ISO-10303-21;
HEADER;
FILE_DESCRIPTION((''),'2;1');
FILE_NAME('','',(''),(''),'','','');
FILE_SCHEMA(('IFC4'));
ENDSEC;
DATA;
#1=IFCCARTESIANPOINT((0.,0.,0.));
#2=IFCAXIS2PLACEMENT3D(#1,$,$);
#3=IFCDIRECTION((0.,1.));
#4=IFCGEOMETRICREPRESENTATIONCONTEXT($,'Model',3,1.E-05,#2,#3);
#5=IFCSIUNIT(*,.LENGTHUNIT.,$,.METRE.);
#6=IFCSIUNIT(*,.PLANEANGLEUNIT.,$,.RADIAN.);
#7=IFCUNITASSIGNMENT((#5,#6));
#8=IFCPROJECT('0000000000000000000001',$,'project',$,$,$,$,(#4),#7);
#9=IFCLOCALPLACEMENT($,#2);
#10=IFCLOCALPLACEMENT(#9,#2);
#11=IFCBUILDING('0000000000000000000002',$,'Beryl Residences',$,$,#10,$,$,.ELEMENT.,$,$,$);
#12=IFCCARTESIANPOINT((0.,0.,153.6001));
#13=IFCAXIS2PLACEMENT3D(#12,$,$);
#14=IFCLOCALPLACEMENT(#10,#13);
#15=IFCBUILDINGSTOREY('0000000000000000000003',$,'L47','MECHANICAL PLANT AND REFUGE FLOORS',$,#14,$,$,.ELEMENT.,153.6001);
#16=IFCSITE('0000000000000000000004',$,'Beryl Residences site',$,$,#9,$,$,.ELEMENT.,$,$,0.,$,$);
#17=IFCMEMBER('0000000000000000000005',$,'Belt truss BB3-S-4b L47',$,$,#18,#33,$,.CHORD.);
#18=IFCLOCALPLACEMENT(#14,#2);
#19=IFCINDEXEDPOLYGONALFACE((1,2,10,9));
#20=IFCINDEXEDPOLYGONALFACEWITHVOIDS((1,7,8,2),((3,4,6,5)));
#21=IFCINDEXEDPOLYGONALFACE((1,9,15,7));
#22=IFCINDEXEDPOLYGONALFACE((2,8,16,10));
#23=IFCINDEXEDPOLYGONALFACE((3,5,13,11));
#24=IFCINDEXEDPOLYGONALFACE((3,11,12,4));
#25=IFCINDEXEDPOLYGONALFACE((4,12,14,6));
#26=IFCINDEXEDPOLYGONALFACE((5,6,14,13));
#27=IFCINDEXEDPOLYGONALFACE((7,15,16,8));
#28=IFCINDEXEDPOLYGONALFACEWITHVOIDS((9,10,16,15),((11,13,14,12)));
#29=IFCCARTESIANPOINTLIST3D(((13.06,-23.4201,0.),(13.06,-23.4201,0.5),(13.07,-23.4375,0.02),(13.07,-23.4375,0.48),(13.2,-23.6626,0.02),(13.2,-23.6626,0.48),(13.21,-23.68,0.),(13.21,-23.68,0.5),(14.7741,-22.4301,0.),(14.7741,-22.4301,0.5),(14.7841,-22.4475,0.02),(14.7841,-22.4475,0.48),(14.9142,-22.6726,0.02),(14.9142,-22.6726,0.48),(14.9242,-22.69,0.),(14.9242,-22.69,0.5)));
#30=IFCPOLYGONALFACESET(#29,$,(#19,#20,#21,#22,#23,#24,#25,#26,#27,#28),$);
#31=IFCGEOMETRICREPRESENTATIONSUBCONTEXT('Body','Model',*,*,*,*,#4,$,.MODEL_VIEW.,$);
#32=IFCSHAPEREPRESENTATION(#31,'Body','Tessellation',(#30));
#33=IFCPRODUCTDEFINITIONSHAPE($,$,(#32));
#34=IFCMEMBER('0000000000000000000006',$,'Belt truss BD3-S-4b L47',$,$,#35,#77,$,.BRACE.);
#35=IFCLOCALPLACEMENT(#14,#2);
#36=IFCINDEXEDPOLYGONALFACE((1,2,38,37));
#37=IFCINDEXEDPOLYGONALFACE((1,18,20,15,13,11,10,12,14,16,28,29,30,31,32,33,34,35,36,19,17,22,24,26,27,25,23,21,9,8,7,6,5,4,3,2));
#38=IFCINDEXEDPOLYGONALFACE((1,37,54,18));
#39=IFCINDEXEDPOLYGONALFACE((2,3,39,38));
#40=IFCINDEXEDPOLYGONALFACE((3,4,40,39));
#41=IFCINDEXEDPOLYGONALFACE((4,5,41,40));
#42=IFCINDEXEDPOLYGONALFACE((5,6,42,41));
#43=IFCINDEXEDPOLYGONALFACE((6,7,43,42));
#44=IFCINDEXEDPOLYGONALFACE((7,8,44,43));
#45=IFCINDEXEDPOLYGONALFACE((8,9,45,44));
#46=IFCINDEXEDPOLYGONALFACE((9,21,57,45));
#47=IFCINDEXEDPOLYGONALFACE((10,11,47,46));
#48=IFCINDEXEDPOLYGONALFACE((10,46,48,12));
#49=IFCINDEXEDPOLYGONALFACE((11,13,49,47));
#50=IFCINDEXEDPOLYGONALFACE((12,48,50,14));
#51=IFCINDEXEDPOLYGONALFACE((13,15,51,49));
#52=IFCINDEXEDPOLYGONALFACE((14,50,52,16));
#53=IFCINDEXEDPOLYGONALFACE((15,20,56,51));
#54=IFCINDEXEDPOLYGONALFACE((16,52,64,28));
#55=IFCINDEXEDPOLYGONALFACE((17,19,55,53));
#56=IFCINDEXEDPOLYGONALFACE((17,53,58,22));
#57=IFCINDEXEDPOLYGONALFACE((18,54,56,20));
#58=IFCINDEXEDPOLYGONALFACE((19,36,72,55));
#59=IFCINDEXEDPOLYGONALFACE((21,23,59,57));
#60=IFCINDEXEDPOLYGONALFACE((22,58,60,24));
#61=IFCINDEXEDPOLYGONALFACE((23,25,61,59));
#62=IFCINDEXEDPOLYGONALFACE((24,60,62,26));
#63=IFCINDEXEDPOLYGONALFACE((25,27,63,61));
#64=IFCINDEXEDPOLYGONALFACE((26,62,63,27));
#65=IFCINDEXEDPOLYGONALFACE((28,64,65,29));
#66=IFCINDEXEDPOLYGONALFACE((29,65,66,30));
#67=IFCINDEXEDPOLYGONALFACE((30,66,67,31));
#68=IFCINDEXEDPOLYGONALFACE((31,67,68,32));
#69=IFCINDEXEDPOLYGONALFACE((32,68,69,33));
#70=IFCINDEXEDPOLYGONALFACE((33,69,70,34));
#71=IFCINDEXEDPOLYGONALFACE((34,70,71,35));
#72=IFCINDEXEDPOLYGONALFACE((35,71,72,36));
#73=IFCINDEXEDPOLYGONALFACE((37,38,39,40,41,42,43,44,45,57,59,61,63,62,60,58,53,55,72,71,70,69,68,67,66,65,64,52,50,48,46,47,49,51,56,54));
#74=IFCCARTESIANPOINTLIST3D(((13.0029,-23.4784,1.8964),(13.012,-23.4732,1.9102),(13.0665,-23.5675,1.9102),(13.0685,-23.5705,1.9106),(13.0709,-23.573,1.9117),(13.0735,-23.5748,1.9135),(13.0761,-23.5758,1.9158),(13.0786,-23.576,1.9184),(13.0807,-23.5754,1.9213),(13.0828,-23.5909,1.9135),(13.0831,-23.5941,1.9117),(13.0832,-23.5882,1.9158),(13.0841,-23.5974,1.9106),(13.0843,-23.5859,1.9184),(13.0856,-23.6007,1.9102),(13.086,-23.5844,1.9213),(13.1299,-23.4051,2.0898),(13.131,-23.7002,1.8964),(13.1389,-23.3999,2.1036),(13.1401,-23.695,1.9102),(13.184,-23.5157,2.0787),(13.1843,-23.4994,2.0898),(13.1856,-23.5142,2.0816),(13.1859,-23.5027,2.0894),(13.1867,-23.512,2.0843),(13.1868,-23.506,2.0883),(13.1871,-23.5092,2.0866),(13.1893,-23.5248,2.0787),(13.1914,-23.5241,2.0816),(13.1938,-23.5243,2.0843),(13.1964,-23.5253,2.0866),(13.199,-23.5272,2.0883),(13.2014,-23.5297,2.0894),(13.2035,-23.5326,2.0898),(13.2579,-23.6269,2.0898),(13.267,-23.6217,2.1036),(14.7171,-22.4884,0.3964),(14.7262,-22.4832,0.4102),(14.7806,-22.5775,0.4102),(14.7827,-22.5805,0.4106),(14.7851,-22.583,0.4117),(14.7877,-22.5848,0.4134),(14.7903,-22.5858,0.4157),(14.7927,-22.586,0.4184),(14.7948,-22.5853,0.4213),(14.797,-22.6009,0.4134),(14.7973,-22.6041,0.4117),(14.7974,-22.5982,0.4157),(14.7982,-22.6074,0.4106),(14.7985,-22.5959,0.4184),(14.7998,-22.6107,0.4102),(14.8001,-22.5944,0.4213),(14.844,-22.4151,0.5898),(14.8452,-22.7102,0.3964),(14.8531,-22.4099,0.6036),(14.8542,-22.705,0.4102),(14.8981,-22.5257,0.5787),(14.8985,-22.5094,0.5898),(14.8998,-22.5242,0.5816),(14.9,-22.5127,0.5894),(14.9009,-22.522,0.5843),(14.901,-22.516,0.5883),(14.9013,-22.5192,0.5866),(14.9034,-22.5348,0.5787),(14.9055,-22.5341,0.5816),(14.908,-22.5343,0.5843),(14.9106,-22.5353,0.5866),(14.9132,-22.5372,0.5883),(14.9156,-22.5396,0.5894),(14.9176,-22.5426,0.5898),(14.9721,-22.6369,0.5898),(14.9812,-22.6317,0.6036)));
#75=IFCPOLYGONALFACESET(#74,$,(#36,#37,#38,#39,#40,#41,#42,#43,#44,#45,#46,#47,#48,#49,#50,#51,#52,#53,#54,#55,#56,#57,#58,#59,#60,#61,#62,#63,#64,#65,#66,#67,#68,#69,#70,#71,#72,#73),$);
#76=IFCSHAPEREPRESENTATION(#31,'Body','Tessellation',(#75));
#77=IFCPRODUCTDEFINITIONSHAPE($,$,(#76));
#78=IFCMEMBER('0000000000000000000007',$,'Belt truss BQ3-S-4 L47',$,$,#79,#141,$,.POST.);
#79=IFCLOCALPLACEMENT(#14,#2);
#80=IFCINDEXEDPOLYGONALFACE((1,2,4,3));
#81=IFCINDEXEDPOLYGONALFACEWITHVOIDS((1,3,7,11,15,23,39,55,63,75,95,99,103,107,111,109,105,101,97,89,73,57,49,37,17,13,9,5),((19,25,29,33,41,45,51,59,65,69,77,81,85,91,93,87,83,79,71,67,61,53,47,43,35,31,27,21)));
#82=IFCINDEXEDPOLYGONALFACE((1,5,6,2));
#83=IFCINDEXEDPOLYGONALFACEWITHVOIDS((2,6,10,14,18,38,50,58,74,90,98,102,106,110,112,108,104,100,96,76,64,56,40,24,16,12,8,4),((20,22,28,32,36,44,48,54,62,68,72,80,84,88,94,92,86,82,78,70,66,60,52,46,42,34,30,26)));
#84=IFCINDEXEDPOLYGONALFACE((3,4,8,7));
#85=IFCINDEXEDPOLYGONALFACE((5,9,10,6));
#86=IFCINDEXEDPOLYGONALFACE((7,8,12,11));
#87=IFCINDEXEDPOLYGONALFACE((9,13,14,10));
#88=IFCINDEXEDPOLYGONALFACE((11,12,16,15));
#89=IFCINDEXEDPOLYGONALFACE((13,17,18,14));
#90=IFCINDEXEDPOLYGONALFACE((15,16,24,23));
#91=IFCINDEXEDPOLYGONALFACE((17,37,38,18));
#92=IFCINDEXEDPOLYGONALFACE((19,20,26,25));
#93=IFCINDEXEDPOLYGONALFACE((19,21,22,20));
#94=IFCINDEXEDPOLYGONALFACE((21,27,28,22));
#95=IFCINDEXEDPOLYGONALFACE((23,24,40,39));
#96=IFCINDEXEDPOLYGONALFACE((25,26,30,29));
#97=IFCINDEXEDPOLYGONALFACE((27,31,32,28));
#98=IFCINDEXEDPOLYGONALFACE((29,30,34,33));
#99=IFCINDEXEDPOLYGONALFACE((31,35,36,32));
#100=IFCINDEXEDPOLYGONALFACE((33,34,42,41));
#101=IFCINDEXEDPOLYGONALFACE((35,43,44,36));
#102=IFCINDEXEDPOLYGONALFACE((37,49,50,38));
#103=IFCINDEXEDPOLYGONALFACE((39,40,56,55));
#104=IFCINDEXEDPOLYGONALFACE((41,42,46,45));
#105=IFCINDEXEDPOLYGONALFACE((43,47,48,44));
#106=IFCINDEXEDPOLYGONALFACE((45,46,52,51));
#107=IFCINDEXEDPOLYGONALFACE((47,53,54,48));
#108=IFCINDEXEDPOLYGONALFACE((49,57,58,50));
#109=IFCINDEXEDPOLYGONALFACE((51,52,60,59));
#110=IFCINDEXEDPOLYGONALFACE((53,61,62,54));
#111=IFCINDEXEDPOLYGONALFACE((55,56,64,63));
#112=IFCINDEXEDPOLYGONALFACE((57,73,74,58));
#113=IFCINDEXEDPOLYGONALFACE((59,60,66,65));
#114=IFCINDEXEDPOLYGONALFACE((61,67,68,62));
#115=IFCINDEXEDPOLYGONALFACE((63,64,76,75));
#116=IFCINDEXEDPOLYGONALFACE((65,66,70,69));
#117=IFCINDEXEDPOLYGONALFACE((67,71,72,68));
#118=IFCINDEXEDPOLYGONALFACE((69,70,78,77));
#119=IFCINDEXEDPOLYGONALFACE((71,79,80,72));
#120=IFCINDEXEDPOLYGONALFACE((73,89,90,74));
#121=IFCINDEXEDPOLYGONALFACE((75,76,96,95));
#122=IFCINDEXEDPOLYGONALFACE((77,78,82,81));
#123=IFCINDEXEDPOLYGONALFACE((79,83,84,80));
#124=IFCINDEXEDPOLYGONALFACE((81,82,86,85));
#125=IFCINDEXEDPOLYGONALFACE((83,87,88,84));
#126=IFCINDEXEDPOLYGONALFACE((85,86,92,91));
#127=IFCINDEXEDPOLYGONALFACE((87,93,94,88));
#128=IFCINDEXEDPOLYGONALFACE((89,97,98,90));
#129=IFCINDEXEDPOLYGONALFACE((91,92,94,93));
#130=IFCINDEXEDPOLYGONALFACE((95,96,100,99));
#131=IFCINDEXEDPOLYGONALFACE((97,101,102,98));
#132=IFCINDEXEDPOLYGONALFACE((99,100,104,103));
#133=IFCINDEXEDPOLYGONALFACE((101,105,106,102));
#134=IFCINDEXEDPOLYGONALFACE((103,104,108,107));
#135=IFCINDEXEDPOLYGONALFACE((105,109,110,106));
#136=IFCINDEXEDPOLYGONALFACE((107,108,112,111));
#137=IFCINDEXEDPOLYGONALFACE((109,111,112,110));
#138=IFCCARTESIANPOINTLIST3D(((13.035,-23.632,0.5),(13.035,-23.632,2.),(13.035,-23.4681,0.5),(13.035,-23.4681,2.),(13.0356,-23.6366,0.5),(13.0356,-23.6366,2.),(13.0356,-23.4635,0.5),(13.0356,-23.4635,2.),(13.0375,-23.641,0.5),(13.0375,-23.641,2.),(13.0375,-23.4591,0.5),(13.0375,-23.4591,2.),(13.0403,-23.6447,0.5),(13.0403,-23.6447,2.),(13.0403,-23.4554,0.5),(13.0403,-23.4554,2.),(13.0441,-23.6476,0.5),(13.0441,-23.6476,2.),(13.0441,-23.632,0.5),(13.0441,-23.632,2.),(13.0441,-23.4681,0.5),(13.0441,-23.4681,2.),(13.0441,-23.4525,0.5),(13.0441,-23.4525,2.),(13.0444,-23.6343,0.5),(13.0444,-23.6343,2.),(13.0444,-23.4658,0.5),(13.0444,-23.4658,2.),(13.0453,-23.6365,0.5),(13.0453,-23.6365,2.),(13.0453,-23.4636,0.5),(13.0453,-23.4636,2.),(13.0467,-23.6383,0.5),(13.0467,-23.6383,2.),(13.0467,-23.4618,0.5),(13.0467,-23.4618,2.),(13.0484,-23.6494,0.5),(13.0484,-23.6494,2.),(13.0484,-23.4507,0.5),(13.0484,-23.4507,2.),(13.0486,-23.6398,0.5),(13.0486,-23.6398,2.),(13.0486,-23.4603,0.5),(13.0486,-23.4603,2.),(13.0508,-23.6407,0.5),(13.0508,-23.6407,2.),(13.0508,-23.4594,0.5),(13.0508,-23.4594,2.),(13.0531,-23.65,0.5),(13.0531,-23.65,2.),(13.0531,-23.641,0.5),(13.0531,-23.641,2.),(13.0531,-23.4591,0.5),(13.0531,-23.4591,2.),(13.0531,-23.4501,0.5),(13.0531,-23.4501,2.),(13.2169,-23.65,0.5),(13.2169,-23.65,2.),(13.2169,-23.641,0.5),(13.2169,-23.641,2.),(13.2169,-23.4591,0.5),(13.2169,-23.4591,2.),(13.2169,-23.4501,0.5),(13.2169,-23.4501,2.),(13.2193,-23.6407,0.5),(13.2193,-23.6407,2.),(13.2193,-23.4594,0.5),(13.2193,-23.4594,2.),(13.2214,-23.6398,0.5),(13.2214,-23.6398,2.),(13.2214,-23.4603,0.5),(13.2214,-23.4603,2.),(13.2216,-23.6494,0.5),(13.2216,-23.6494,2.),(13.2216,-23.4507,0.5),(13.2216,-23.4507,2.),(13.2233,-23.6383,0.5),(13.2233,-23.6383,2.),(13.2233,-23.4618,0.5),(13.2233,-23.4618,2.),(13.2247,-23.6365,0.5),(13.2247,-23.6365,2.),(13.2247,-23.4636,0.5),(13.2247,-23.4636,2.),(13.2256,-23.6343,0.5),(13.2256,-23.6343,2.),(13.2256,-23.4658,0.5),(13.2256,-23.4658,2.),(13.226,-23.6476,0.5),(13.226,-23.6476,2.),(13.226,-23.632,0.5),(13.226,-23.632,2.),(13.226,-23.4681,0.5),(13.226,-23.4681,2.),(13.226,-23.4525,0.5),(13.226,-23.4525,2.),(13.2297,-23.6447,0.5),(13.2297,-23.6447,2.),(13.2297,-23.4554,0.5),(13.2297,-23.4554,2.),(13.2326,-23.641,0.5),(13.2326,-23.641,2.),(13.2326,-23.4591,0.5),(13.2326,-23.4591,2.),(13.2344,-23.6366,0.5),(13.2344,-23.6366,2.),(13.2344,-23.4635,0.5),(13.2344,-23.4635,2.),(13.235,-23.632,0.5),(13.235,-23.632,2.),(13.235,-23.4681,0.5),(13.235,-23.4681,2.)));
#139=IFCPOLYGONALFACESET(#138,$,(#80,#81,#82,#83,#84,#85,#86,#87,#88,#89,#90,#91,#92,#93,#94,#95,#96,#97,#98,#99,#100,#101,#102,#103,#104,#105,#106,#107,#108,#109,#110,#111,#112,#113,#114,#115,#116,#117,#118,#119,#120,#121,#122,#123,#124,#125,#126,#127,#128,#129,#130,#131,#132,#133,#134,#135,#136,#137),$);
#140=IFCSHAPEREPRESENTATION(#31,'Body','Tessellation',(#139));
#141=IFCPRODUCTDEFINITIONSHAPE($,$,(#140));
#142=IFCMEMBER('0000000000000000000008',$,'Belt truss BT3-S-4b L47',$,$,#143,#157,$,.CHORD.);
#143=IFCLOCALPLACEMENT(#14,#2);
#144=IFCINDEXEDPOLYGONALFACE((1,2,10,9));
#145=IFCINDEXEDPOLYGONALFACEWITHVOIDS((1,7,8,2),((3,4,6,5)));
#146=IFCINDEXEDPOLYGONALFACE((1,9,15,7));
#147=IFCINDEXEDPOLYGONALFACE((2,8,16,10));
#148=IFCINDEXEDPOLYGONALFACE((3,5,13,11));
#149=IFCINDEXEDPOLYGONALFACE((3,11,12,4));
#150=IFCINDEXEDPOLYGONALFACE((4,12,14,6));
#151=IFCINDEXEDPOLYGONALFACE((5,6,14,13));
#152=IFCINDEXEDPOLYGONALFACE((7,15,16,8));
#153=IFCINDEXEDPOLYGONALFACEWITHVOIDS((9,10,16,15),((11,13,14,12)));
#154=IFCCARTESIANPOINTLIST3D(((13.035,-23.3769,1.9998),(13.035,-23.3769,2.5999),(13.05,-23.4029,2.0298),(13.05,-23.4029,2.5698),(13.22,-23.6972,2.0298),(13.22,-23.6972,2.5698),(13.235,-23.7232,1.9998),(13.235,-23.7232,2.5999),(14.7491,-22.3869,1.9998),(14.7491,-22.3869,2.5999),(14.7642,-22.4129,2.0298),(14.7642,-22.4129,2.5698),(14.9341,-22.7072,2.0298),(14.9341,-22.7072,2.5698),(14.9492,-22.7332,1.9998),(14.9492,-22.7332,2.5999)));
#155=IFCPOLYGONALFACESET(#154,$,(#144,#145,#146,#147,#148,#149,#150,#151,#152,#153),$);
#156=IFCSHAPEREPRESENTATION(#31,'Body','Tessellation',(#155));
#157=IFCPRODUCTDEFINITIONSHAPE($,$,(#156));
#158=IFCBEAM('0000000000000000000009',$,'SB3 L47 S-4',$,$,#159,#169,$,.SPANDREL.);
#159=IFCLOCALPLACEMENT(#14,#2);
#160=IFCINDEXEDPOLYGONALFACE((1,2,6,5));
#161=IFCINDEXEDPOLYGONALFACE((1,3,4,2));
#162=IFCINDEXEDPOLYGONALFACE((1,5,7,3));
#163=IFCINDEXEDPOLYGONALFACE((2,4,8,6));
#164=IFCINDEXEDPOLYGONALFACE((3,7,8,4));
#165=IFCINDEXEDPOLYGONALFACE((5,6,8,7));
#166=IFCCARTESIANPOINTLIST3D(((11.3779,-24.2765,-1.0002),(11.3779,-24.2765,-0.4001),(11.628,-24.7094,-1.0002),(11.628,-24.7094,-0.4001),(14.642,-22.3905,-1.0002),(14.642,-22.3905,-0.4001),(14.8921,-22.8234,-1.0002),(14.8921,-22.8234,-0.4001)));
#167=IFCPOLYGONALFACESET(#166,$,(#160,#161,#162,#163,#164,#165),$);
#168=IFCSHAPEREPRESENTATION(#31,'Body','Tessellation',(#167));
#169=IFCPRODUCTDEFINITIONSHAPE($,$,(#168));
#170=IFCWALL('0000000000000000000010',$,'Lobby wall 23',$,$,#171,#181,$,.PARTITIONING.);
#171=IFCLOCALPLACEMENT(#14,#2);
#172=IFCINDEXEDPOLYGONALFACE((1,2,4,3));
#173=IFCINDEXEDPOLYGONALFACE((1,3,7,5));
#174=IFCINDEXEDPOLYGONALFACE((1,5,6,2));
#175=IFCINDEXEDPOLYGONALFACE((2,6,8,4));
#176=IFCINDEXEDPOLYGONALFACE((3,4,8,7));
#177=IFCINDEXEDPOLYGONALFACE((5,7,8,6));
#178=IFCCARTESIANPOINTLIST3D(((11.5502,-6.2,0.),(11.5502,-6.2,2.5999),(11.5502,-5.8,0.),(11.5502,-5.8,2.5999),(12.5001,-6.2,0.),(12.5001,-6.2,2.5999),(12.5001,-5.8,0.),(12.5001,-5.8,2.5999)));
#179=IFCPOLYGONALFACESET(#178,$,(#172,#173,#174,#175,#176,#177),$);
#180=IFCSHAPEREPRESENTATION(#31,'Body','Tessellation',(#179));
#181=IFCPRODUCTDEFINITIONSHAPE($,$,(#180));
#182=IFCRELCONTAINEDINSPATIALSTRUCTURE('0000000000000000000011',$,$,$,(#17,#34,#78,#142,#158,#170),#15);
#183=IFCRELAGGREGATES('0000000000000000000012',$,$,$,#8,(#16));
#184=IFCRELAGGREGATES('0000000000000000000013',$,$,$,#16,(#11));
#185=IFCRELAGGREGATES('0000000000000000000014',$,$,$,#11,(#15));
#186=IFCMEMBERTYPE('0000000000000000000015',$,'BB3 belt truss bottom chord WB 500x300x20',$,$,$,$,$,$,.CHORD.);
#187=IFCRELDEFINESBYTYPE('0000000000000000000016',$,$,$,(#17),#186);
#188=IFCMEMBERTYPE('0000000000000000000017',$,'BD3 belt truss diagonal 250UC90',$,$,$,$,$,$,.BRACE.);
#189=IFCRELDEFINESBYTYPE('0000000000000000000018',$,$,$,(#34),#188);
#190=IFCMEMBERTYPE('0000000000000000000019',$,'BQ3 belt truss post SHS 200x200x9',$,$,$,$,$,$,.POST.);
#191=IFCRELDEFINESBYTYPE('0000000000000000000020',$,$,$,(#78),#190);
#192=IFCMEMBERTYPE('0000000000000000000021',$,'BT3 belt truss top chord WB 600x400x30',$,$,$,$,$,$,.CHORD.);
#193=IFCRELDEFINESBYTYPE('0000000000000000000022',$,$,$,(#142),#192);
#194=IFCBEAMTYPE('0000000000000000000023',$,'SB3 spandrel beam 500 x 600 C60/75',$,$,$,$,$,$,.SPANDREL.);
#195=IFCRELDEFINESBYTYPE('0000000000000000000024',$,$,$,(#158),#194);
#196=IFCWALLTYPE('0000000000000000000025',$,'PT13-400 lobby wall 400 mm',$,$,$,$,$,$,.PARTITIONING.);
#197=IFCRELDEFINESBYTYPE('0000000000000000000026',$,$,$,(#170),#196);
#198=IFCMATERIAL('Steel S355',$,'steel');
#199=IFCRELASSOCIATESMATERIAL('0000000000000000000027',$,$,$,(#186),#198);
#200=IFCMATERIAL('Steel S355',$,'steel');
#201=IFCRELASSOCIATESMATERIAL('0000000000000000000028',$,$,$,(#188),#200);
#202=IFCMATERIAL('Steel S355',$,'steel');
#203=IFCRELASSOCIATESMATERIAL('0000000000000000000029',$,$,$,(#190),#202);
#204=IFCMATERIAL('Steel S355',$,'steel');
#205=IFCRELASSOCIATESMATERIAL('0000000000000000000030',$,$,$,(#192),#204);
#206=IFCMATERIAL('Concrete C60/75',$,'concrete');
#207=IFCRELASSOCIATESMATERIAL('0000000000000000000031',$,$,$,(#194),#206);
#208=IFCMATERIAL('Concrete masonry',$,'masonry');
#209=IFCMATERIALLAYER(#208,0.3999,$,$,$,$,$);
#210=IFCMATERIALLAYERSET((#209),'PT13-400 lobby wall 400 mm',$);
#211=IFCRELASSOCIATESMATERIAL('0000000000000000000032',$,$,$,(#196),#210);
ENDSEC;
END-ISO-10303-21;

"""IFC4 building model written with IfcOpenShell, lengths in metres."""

from ifc_helpers import new_model, si_unit, direction, frame, frame_2d, origin, origin_2d, place, context, subcontext, project, spatial, rectangle, hollow_rectangle, i_section, extrude, material, layer, layer_set, material_profile, profile_set, type_object, element, save


model = new_model("IFC4")

# Units and contexts
model_context = context("Model", 3, precision=1e-05, world=origin(), true_north=direction((0.0, 1.0)))
body_context = subcontext(model_context, "Body", "Model", "MODEL_VIEW")
ifc_project = project(units=[si_unit("LENGTHUNIT", "METRE"), si_unit("PLANEANGLEUNIT", "RADIAN")], contexts=[model_context])

# Site, building, storey
site_placement = place(None, origin())
site = spatial("IfcSite", under=ifc_project, at=site_placement, Name="Beryl Residences site", CompositionType="ELEMENT", RefElevation=0.0)
building_placement = place(site_placement, origin())
building = spatial("IfcBuilding", under=site, at=building_placement, Name="Beryl Residences", CompositionType="ELEMENT")
storey_placement = place(building_placement, frame((0.0, 0.0, 153.6001)))
storey = spatial("IfcBuildingStorey", under=building, at=storey_placement, Name="L47", Description="MECHANICAL PLANT AND REFUGE FLOORS", CompositionType="ELEMENT", Elevation=153.6001)

# Members
ifc_material_1 = material(Name="Steel S355", Category="steel")
ifc_material_profile_1 = material_profile(ifc_material_1, hollow_rectangle(XDim=0.3, YDim=0.5, WallThickness=0.02, at=origin_2d()))
ifc_profile_set_1 = profile_set([ifc_material_profile_1], Name="Steel S355")
member_type_1 = type_object("IfcMemberType", Name="BB3 belt truss bottom chord WB 500x300x20", PredefinedType="CHORD", material=ifc_profile_set_1)
member_1_placement = place(storey_placement, frame((13.135, -23.55, 0.25), z_axis=(0.865949, 0.500132, 0.0), x_axis=(-0.500132, 0.865949, 0.0)))
element("IfcMember", 1, at=member_1_placement, inside=storey, type_object=member_type_1, Name="Belt truss BB3-S-4b L47", PredefinedType="CHORD", context=body_context, shape_type="SweptSolid", body=[
    extrude(hollow_rectangle(XDim=0.3, YDim=0.5, WallThickness=0.02, at=origin_2d()), origin(), (0.0, 0.0, 1.0), 1.9795),
])
ifc_material_2 = material(Name="Steel S355", Category="steel")
ifc_material_profile_2 = material_profile(ifc_material_2, i_section(OverallWidth=0.2561, OverallDepth=0.26, WebThickness=0.0105, FlangeThickness=0.0173, FilletRadius=0.0139, at=origin_2d()))
ifc_profile_set_2 = profile_set([ifc_material_profile_2], Name="Steel S355")
member_type_2 = type_object("IfcMemberType", Name="BD3 belt truss diagonal 250UC90", PredefinedType="BRACE", material=ifc_profile_set_2)
member_2_placement = place(storey_placement, frame((14.8491, -22.5601, 0.5), z_axis=(-0.690173, -0.398611, 0.603963), x_axis=(0.500132, -0.865949, 0.0)))
element("IfcMember", 2, at=member_2_placement, inside=storey, type_object=member_type_2, Name="Belt truss BD3-S-4b L47", PredefinedType="BRACE", context=body_context, shape_type="SweptSolid", body=[
    extrude(i_section(OverallWidth=0.2561, OverallDepth=0.26, WebThickness=0.0105, FlangeThickness=0.0173, FilletRadius=0.0139, at=origin_2d()), origin(), (0.0, 0.0, 1.0), 2.4836),
])
ifc_material_3 = material(Name="Steel S355", Category="steel")
ifc_material_profile_3 = material_profile(ifc_material_3, hollow_rectangle(XDim=0.2, YDim=0.2, WallThickness=0.009, InnerFilletRadius=0.009, OuterFilletRadius=0.0181, at=origin_2d()))
ifc_profile_set_3 = profile_set([ifc_material_profile_3], Name="Steel S355")
member_type_3 = type_object("IfcMemberType", Name="BQ3 belt truss post SHS 200x200x9", PredefinedType="POST", material=ifc_profile_set_3)
member_3_placement = place(storey_placement, frame((13.135, -23.55, 0.5), z_axis=(0.0, 0.0, 1.0), x_axis=(1.0, 0.0, 0.0)))
element("IfcMember", 3, at=member_3_placement, inside=storey, type_object=member_type_3, Name="Belt truss BQ3-S-4 L47", PredefinedType="POST", context=body_context, shape_type="SweptSolid", body=[
    extrude(hollow_rectangle(XDim=0.2, YDim=0.2, WallThickness=0.009, InnerFilletRadius=0.009, OuterFilletRadius=0.0181, at=origin_2d()), origin(), (0.0, 0.0, 1.0), 1.5),
])
ifc_material_4 = material(Name="Steel S355", Category="steel")
ifc_material_profile_4 = material_profile(ifc_material_4, hollow_rectangle(XDim=0.3999, YDim=0.6001, WallThickness=0.03, at=origin_2d()))
ifc_profile_set_4 = profile_set([ifc_material_profile_4], Name="Steel S355")
member_type_4 = type_object("IfcMemberType", Name="BT3 belt truss top chord WB 600x400x30", PredefinedType="CHORD", material=ifc_profile_set_4)
member_4_placement = place(storey_placement, frame((13.135, -23.55, 2.2998), z_axis=(0.865949, 0.500132, 0.0), x_axis=(-0.500132, 0.865949, 0.0)))
element("IfcMember", 4, at=member_4_placement, inside=storey, type_object=member_type_4, Name="Belt truss BT3-S-4b L47", PredefinedType="CHORD", context=body_context, shape_type="SweptSolid", body=[
    extrude(hollow_rectangle(XDim=0.3999, YDim=0.6001, WallThickness=0.03, at=origin_2d()), origin(), (0.0, 0.0, 1.0), 1.9795),
])

# Beam
ifc_material_5 = material(Name="Concrete C60/75", Category="concrete")
ifc_material_profile_5 = material_profile(ifc_material_5, rectangle(XDim=0.5, YDim=0.6001, at=origin_2d()))
ifc_profile_set_5 = profile_set([ifc_material_profile_5], Name="Concrete C60/75")
beam_type = type_object("IfcBeamType", Name="SB3 spandrel beam 500 x 600 C60/75", PredefinedType="SPANDREL", material=ifc_profile_set_5)
beam_placement = place(storey_placement, frame((11.5029, -24.4929, -0.7002), z_axis=(0.865862, 0.500283, 0.0), x_axis=(-0.500283, 0.865862, 0.0)))
element("IfcBeam", 5, at=beam_placement, inside=storey, type_object=beam_type, Name="SB3 L47 S-4", PredefinedType="SPANDREL", context=body_context, shape_type="SweptSolid", body=[
    extrude(rectangle(XDim=0.5, YDim=0.6001, at=origin_2d()), origin(), (0.0, 0.0, 1.0), 3.7698),
])

# Wall
ifc_material_6 = material(Name="Concrete masonry", Category="masonry")
ifc_layer_1 = layer(ifc_material_6, 0.3999)
ifc_layer_set_1 = layer_set([ifc_layer_1], Name="PT13-400 lobby wall 400 mm")
wall_type_1 = type_object("IfcWallType", Name="PT13-400 lobby wall 400 mm", PredefinedType="PARTITIONING", material=ifc_layer_set_1)
wall_1_placement = place(storey_placement, frame((11.55, -6.0, 0.0), z_axis=(0.0, 0.0, 1.0), x_axis=(1.0, 0.0, 0.0)))
element("IfcWall", 6, at=wall_1_placement, inside=storey, type_object=wall_type_1, Name="Lobby wall 23", PredefinedType="PARTITIONING", context=body_context, shape_type="SweptSolid", body=[
    extrude(rectangle(XDim=0.95, YDim=0.3999, at=frame_2d((0.4751, 0.0))), origin(), (0.0, 0.0, 1.0), 2.5999),
])

save(model, "model.ifc")
